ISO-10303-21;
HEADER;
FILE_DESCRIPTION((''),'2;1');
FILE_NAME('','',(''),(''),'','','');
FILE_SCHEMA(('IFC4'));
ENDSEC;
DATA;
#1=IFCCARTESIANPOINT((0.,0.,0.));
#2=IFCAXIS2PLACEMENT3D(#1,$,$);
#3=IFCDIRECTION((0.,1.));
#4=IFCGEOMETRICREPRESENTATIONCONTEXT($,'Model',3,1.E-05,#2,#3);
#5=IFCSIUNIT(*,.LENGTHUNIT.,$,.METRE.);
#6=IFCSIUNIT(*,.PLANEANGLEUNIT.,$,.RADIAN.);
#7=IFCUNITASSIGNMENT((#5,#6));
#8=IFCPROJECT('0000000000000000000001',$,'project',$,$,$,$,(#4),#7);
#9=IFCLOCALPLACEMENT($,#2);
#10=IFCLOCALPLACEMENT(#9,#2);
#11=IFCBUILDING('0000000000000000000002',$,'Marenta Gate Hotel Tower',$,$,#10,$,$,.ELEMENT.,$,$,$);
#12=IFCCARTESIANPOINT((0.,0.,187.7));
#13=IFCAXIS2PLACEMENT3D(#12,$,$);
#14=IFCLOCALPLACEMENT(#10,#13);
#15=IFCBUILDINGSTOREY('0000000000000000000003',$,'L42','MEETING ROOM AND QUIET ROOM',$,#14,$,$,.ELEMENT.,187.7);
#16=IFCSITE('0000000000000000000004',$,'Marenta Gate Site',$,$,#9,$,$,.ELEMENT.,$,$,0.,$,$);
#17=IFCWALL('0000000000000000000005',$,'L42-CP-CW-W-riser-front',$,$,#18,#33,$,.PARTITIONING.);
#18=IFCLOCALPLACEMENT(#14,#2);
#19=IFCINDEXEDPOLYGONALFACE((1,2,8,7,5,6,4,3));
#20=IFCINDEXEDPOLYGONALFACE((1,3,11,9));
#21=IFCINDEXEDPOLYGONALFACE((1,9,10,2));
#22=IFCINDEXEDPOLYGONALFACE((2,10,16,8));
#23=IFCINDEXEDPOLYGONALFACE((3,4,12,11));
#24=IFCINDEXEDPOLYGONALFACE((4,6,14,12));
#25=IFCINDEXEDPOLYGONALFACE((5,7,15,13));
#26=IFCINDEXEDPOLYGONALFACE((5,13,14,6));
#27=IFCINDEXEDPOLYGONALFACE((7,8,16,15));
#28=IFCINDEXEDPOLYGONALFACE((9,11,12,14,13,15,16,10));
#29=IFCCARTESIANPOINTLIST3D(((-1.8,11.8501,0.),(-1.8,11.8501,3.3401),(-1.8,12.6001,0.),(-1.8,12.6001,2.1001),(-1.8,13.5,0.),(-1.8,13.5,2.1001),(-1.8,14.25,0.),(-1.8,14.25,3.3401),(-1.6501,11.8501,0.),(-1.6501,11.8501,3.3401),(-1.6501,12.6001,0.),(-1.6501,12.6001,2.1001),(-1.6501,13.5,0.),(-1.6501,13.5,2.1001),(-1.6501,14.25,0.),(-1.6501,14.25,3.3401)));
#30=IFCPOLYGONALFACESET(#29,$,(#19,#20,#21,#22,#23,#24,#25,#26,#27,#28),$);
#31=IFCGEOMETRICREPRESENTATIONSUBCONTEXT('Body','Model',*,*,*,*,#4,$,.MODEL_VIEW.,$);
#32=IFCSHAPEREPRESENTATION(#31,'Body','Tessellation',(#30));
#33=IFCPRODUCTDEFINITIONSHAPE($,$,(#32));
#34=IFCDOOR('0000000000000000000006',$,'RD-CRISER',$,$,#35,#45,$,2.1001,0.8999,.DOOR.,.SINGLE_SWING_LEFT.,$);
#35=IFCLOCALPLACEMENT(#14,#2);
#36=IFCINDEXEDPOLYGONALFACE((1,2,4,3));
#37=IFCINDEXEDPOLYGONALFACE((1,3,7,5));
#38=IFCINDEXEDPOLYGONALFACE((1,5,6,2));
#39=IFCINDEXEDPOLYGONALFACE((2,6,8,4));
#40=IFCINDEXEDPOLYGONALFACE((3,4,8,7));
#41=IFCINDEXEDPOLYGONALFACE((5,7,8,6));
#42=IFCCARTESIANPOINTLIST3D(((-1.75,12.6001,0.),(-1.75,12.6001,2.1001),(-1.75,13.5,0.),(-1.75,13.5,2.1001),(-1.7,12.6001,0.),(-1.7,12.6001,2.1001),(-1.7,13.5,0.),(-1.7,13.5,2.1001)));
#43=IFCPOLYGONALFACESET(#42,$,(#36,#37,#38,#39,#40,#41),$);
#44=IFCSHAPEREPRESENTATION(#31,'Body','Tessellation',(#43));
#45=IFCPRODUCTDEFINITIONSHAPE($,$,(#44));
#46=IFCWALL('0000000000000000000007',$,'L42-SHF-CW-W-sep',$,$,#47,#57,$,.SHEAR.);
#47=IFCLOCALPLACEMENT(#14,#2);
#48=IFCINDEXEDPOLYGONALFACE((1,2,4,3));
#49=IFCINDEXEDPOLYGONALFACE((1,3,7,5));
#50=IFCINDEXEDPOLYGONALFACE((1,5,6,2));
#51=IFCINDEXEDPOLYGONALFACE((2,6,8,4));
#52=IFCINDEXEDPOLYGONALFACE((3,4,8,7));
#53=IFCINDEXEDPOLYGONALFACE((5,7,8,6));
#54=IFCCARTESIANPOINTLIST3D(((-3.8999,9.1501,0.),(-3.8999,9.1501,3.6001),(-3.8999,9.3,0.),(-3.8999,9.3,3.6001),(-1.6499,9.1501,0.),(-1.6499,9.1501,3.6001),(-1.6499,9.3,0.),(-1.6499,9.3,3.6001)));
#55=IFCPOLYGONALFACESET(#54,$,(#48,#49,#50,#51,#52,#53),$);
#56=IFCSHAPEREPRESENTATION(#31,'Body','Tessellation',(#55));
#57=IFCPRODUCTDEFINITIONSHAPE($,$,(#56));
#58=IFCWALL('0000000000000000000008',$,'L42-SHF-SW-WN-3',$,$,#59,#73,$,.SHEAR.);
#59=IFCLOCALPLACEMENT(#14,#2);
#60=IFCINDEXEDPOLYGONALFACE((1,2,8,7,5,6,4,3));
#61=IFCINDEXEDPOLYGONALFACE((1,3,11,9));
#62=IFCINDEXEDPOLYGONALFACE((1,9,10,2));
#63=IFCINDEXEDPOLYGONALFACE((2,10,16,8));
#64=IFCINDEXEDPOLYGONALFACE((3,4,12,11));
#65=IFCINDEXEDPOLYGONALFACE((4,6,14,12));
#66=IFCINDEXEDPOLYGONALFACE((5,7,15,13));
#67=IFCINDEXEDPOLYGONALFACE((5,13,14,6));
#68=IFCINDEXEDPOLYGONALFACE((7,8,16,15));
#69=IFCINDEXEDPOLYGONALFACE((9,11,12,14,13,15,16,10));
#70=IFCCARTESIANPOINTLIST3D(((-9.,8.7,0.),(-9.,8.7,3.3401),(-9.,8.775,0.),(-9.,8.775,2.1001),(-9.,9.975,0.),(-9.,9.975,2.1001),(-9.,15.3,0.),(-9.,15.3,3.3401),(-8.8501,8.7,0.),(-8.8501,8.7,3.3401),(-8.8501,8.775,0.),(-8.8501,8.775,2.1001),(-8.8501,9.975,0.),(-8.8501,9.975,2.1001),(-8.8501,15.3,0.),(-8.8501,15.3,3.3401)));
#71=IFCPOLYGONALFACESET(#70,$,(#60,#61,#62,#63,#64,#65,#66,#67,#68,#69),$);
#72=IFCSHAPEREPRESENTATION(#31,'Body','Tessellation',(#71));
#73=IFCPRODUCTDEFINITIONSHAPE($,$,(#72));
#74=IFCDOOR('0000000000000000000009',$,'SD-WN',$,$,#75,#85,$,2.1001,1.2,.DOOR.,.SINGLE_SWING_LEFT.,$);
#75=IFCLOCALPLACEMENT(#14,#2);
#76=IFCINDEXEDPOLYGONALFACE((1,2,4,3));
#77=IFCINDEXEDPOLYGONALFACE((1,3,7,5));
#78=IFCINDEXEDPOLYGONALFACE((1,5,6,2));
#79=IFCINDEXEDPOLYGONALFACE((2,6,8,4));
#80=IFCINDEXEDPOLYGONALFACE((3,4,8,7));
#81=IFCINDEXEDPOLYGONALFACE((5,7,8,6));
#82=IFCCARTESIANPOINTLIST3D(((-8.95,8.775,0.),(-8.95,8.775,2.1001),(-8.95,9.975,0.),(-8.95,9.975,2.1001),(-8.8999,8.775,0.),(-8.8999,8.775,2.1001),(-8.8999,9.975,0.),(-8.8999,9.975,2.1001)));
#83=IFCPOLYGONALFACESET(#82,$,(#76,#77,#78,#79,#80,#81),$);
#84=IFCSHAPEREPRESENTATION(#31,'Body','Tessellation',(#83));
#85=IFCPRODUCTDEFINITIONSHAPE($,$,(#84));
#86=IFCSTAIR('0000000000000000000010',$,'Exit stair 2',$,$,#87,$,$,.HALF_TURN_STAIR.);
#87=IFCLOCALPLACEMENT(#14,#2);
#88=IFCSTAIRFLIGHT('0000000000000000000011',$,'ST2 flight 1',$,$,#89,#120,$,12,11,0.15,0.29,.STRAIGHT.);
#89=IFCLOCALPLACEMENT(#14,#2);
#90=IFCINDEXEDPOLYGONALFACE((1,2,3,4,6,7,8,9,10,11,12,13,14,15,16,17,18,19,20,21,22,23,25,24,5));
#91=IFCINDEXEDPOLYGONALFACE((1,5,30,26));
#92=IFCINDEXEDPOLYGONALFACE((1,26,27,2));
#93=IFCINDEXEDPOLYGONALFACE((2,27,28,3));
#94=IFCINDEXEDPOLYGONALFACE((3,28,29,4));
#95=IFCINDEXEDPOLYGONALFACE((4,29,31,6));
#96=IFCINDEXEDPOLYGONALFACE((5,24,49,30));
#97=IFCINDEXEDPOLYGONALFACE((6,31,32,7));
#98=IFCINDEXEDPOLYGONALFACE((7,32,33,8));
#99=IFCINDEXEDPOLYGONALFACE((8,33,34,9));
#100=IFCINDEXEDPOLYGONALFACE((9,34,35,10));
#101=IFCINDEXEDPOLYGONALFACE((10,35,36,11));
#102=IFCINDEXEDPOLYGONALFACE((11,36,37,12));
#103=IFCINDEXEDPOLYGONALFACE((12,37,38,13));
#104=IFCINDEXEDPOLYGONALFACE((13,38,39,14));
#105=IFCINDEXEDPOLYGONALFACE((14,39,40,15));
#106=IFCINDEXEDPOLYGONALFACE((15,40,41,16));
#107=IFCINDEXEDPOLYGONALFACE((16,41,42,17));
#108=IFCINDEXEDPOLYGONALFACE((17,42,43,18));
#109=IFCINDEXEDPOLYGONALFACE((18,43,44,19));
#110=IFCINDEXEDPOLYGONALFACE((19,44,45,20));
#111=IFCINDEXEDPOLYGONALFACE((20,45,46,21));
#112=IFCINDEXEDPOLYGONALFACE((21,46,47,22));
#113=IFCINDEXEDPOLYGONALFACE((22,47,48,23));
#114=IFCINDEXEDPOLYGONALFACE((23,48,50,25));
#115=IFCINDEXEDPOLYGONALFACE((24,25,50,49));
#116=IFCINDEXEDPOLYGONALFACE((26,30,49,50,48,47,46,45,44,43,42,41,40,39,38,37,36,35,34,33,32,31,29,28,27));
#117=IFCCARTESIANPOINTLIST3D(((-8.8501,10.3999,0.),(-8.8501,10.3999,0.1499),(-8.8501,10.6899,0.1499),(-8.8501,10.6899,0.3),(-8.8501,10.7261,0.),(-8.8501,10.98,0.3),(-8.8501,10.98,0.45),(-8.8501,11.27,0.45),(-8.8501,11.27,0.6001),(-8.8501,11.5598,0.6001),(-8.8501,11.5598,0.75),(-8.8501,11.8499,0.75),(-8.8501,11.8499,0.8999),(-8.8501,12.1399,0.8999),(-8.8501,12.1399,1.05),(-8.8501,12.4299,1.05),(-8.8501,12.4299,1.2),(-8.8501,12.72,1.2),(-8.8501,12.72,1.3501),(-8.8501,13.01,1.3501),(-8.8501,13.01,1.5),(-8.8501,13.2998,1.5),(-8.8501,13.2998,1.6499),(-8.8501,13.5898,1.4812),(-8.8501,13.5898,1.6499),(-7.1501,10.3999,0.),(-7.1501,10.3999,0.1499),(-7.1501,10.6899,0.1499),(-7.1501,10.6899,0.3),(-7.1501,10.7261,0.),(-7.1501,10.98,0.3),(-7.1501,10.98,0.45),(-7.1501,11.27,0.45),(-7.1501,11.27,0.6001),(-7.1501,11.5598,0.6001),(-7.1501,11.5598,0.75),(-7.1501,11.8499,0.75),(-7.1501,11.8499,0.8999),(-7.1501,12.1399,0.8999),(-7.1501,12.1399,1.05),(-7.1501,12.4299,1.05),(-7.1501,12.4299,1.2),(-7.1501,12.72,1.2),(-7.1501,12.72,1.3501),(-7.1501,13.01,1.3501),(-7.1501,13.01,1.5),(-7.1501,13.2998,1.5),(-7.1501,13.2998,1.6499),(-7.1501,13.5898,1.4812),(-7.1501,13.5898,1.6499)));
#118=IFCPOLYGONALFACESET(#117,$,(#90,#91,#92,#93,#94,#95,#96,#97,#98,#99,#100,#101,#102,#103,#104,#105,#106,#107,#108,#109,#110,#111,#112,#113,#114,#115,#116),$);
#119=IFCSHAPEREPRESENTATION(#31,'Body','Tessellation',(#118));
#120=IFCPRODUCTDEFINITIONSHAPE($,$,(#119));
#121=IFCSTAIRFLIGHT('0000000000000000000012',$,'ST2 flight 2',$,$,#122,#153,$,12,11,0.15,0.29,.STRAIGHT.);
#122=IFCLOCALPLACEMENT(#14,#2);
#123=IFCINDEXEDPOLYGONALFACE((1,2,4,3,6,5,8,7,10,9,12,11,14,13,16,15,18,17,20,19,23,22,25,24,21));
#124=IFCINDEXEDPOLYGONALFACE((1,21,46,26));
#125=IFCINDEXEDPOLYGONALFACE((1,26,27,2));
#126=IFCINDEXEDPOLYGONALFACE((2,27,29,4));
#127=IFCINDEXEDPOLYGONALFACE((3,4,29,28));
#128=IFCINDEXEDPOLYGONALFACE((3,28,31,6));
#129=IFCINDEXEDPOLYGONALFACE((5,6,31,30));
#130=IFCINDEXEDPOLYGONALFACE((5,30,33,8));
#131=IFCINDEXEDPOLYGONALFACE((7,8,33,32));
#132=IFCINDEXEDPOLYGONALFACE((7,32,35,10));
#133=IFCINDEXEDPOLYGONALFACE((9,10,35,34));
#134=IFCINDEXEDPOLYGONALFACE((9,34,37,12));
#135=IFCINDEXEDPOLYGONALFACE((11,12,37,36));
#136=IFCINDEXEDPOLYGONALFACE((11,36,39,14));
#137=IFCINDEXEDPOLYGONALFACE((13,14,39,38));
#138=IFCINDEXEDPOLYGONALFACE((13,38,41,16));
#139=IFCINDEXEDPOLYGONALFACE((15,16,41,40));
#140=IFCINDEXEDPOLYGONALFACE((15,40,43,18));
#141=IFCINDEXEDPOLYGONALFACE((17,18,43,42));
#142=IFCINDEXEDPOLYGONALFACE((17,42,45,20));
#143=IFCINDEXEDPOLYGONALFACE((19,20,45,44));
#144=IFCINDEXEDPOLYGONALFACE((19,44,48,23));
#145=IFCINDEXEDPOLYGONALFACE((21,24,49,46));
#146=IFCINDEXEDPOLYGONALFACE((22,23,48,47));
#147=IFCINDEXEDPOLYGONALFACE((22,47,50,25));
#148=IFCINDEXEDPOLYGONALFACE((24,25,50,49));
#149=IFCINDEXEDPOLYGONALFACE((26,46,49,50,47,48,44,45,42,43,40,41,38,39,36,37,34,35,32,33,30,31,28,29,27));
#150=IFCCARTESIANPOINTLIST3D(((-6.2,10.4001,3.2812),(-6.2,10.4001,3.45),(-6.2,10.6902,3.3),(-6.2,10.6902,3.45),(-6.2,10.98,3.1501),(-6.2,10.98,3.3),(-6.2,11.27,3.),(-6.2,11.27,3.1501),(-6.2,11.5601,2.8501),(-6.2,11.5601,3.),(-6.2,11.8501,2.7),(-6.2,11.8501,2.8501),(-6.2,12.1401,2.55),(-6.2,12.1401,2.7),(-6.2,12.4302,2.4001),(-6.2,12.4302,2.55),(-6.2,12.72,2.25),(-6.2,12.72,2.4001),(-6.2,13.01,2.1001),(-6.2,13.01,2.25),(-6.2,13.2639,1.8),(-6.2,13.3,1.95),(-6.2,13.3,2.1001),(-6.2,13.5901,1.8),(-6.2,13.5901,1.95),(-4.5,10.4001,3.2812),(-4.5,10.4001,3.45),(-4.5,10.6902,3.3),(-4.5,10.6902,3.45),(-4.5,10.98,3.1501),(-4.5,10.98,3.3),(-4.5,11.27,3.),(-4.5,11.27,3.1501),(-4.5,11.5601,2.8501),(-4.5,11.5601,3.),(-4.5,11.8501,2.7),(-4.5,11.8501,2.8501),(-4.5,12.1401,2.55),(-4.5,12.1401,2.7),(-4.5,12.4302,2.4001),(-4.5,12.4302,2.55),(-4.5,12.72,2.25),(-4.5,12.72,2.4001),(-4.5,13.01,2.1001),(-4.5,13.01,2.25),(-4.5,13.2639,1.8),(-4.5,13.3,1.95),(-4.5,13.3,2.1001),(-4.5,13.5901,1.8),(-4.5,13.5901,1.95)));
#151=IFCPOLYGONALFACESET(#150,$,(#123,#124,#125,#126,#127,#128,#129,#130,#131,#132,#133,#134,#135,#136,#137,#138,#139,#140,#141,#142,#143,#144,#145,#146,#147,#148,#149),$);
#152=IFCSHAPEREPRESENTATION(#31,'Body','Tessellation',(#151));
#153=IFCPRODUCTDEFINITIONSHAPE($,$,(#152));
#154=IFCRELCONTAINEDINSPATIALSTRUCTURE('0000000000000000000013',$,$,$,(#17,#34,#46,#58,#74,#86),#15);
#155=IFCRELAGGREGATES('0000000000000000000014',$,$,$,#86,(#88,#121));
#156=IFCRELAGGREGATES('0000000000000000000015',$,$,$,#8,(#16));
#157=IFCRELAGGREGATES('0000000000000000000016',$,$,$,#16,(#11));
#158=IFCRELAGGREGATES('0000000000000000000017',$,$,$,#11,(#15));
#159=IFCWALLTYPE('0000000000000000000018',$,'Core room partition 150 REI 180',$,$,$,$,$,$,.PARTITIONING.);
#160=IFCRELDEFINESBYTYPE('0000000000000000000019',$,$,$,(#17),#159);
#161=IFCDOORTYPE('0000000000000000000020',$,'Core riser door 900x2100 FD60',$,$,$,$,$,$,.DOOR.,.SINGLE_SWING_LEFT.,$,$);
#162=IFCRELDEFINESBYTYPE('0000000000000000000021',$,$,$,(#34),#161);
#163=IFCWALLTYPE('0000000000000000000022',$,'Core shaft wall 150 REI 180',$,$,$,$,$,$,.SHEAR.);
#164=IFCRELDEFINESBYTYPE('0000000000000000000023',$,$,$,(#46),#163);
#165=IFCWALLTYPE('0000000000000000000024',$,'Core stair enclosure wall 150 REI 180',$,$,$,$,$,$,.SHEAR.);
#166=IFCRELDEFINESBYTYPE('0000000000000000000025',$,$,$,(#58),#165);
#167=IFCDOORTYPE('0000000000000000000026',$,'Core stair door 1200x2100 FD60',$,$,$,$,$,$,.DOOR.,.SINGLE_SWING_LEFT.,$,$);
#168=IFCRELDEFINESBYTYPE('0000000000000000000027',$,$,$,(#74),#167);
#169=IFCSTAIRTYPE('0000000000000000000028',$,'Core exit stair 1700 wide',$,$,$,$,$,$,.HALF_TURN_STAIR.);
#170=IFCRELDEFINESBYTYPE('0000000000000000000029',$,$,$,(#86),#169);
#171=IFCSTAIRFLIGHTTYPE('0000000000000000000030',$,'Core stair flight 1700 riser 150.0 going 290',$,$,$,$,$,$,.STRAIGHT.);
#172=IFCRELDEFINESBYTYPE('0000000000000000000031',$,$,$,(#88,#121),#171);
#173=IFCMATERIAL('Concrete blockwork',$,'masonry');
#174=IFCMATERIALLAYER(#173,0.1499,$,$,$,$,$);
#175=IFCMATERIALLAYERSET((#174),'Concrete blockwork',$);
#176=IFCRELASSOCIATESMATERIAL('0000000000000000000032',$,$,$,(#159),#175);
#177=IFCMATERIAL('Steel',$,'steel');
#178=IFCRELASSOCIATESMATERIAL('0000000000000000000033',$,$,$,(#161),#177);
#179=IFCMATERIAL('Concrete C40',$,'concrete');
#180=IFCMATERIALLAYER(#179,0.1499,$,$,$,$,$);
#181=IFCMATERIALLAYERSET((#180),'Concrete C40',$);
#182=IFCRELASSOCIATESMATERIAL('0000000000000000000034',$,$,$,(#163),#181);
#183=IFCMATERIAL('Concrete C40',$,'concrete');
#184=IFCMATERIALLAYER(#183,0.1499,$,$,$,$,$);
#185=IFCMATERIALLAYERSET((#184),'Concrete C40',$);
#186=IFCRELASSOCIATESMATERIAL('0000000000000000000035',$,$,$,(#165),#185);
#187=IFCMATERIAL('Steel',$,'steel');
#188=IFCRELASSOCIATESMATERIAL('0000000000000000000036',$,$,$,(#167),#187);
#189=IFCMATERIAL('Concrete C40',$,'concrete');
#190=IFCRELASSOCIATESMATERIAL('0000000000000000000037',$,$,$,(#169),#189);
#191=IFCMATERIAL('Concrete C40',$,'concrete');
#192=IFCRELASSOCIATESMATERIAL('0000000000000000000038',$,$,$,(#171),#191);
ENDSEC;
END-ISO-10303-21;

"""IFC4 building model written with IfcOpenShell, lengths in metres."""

from ifc_helpers import new_model, si_unit, direction, frame, frame_2d, origin, place, context, subcontext, project, spatial, polyline, rectangle, outline, extrude, material, layer, layer_set, type_object, element, fill, aggregate, save


model = new_model("IFC4")

# Units and contexts
model_context = context("Model", 3, precision=1e-05, world=origin(), true_north=direction((0.0, 1.0)))
body_context = subcontext(model_context, "Body", "Model", "MODEL_VIEW")
ifc_project = project(units=[si_unit("LENGTHUNIT", "METRE"), si_unit("PLANEANGLEUNIT", "RADIAN")], contexts=[model_context])

# Site, building, storey
site_placement = place(None, origin())
site = spatial("IfcSite", under=ifc_project, at=site_placement, Name="Marenta Gate Site", CompositionType="ELEMENT", RefElevation=0.0)
building_placement = place(site_placement, origin())
building = spatial("IfcBuilding", under=site, at=building_placement, Name="Marenta Gate Hotel Tower", CompositionType="ELEMENT")
storey_placement = place(building_placement, frame((0.0, 0.0, 187.7)))
storey = spatial("IfcBuildingStorey", under=building, at=storey_placement, Name="L42", Description="MEETING ROOM AND QUIET ROOM", CompositionType="ELEMENT", Elevation=187.7)

# Wall, opening, door
ifc_material_1 = material(Name="Concrete blockwork", Category="masonry")
ifc_layer_1 = layer(ifc_material_1, 0.1499)
ifc_layer_set_1 = layer_set([ifc_layer_1], Name="Concrete blockwork")
wall_type_1 = type_object("IfcWallType", Name="Core room partition 150 REI 180", PredefinedType="PARTITIONING", material=ifc_layer_set_1)
wall_1_placement = place(storey_placement, frame((-1.7251, 11.8501, 0.0), z_axis=(0.0, 0.0, 1.0), x_axis=(0.0, 1.0, 0.0)))
wall_1 = element("IfcWall", 1, at=wall_1_placement, inside=storey, type_object=wall_type_1, Name="L42-CP-CW-W-riser-front", PredefinedType="PARTITIONING", context=body_context, shape_type="SweptSolid", body=[
    extrude(rectangle(XDim=2.3999, YDim=0.1499, at=frame_2d((1.2, 0.0))), origin(), (0.0, 0.0, 1.0), 3.3401),
])
opening_1_placement = place(wall_1_placement, frame((0.75, 0.0, 0.0)))
opening_1 = element("IfcOpeningElement", 2, at=opening_1_placement, cuts=wall_1, PredefinedType="OPENING", context=body_context, shape_type="SweptSolid", body=[
    extrude(rectangle(XDim=0.8999, YDim=2.1001, at=frame_2d((0.45, 1.05))), frame((0.0, 0.075, 0.0), z_axis=(0.0, -1.0, 0.0), x_axis=(1.0, 0.0, 0.0)), (0.0, 0.0, 1.0), 0.1499),
])
ifc_material_2 = material(Name="Steel", Category="steel")
door_type_1 = type_object("IfcDoorType", Name="Core riser door 900x2100 FD60", OperationType="SINGLE_SWING_LEFT", PredefinedType="DOOR", material=ifc_material_2)
door_1_placement = place(opening_1_placement, origin())
door_1 = element("IfcDoor", 3, at=door_1_placement, inside=storey, type_object=door_type_1, Name="RD-CRISER", OperationType="SINGLE_SWING_LEFT", OverallHeight=2.1001, OverallWidth=0.8999, PredefinedType="DOOR", context=body_context, shape_type="SweptSolid", body=[
    extrude(rectangle(XDim=0.8999, YDim=2.1001, at=frame_2d((0.45, 1.05))), frame((0.0, 0.0249, 0.0), z_axis=(0.0, -1.0, 0.0), x_axis=(1.0, 0.0, 0.0)), (0.0, 0.0, 1.0), 0.05),
])
fill(opening_1, door_1)

# Wall
ifc_material_3 = material(Name="Concrete C40", Category="concrete")
ifc_layer_2 = layer(ifc_material_3, 0.1499)
ifc_layer_set_2 = layer_set([ifc_layer_2], Name="Concrete C40")
wall_type_2 = type_object("IfcWallType", Name="Core shaft wall 150 REI 180", PredefinedType="SHEAR", material=ifc_layer_set_2)
wall_2_placement = place(storey_placement, frame((-3.8999, 9.2251, 0.0), z_axis=(0.0, 0.0, 1.0), x_axis=(1.0, 0.0, 0.0)))
element("IfcWall", 4, at=wall_2_placement, inside=storey, type_object=wall_type_2, Name="L42-SHF-CW-W-sep", PredefinedType="SHEAR", context=body_context, shape_type="SweptSolid", body=[
    extrude(rectangle(XDim=2.25, YDim=0.1499, at=frame_2d((1.125, 0.0))), origin(), (0.0, 0.0, 1.0), 3.6001),
])

# Wall, opening, door
ifc_material_4 = material(Name="Concrete C40", Category="concrete")
ifc_layer_3 = layer(ifc_material_4, 0.1499)
ifc_layer_set_3 = layer_set([ifc_layer_3], Name="Concrete C40")
wall_type_3 = type_object("IfcWallType", Name="Core stair enclosure wall 150 REI 180", PredefinedType="SHEAR", material=ifc_layer_set_3)
wall_3_placement = place(storey_placement, frame((-8.925, 8.7, 0.0), z_axis=(0.0, 0.0, 1.0), x_axis=(0.0, 1.0, 0.0)))
wall_3 = element("IfcWall", 5, at=wall_3_placement, inside=storey, type_object=wall_type_3, Name="L42-SHF-SW-WN-3", PredefinedType="SHEAR", context=body_context, shape_type="SweptSolid", body=[
    extrude(rectangle(XDim=6.6001, YDim=0.1499, at=frame_2d((3.3, 0.0))), origin(), (0.0, 0.0, 1.0), 3.3401),
])
opening_2_placement = place(wall_3_placement, frame((0.075, 0.0, 0.0)))
opening_2 = element("IfcOpeningElement", 6, at=opening_2_placement, cuts=wall_3, PredefinedType="OPENING", context=body_context, shape_type="SweptSolid", body=[
    extrude(rectangle(XDim=1.2, YDim=2.1001, at=frame_2d((0.6001, 1.05))), frame((0.0, 0.075, 0.0), z_axis=(0.0, -1.0, 0.0), x_axis=(1.0, 0.0, 0.0)), (0.0, 0.0, 1.0), 0.1499),
])
ifc_material_5 = material(Name="Steel", Category="steel")
door_type_2 = type_object("IfcDoorType", Name="Core stair door 1200x2100 FD60", OperationType="SINGLE_SWING_LEFT", PredefinedType="DOOR", material=ifc_material_5)
door_2_placement = place(opening_2_placement, origin())
door_2 = element("IfcDoor", 7, at=door_2_placement, inside=storey, type_object=door_type_2, Name="SD-WN", OperationType="SINGLE_SWING_LEFT", OverallHeight=2.1001, OverallWidth=1.2, PredefinedType="DOOR", context=body_context, shape_type="SweptSolid", body=[
    extrude(rectangle(XDim=1.2, YDim=2.1001, at=frame_2d((0.6001, 1.05))), frame((0.0, 0.0249, 0.0), z_axis=(0.0, -1.0, 0.0), x_axis=(1.0, 0.0, 0.0)), (0.0, 0.0, 1.0), 0.05),
])
fill(opening_2, door_2)

# Stair, stair flights
ifc_material_6 = material(Name="Concrete C40", Category="concrete")
stair_type = type_object("IfcStairType", Name="Core exit stair 1700 wide", PredefinedType="HALF_TURN_STAIR", material=ifc_material_6)
stair_placement = place(storey_placement, origin())
stair = element("IfcStair", 8, at=stair_placement, inside=storey, type_object=stair_type, Name="Exit stair 2", PredefinedType="HALF_TURN_STAIR")
ifc_material_7 = material(Name="Concrete C40", Category="concrete")
stair_flight_type = type_object("IfcStairFlightType", Name="Core stair flight 1700 riser 150.0 going 290", PredefinedType="STRAIGHT", material=ifc_material_7)
stair_flight_1_placement = place(storey_placement, frame((-8.0, 10.3999, 0.0), z_axis=(0.0, 0.0, 1.0), x_axis=(0.0, 1.0, 0.0)))
stair_flight_1 = element("IfcStairFlight", 9, at=stair_flight_1_placement, type_object=stair_flight_type, Name="ST2 flight 1", NumberOfRisers=12, NumberOfTreads=11, PredefinedType="STRAIGHT", RiserHeight=0.15, TreadLength=0.29, context=body_context, shape_type="SweptSolid", body=[
    extrude(outline(polyline([(0.0, 0.0), (0.0, 0.1499), (0.29, 0.1499), (0.29, 0.3), (0.5801, 0.3), (0.5801, 0.45), (0.8701, 0.45), (0.8701, 0.6001), (1.1599, 0.6001), (1.1599, 0.75), (1.45, 0.75), (1.45, 0.8999), (1.74, 0.8999), (1.74, 1.05), (2.03, 1.05), (2.03, 1.2), (2.3201, 1.2), (2.3201, 1.3501), (2.6101, 1.3501), (2.6101, 1.5), (2.8999, 1.5), (2.8999, 1.6499), (3.1899, 1.6499), (3.1899, 1.8), (3.1899, 1.4812), (0.3262, 0.0), (0.0, 0.0)])), frame((0.0, 0.8501, 0.0), z_axis=(0.0, -1.0, 0.0), x_axis=(1.0, 0.0, 0.0)), (0.0, 0.0, 1.0), 1.7),
])
stair_flight_2_placement = place(storey_placement, frame((-5.3501, 13.5901, 1.8), z_axis=(0.0, 0.0, 1.0), x_axis=(0.0, -1.0, 0.0)))
stair_flight_2 = element("IfcStairFlight", 10, at=stair_flight_2_placement, type_object=stair_flight_type, Name="ST2 flight 2", NumberOfRisers=12, NumberOfTreads=11, PredefinedType="STRAIGHT", RiserHeight=0.15, TreadLength=0.29, context=body_context, shape_type="SweptSolid", body=[
    extrude(outline(polyline([(0.0, 0.0), (0.0, 0.1499), (0.29, 0.1499), (0.29, 0.3), (0.5801, 0.3), (0.5801, 0.45), (0.8701, 0.45), (0.8701, 0.6001), (1.1599, 0.6001), (1.1599, 0.75), (1.45, 0.75), (1.45, 0.8999), (1.74, 0.8999), (1.74, 1.05), (2.03, 1.05), (2.03, 1.2), (2.3201, 1.2), (2.3201, 1.3501), (2.6101, 1.3501), (2.6101, 1.5), (2.8999, 1.5), (2.8999, 1.6499), (3.1899, 1.6499), (3.1899, 1.8), (3.1899, 1.4812), (0.3262, 0.0), (0.0, 0.0)])), frame((0.0, 0.8501, 0.0), z_axis=(0.0, -1.0, 0.0), x_axis=(1.0, 0.0, 0.0)), (0.0, 0.0, 1.0), 1.7),
])
aggregate(stair, [stair_flight_1, stair_flight_2])

save(model, "model.ifc")
